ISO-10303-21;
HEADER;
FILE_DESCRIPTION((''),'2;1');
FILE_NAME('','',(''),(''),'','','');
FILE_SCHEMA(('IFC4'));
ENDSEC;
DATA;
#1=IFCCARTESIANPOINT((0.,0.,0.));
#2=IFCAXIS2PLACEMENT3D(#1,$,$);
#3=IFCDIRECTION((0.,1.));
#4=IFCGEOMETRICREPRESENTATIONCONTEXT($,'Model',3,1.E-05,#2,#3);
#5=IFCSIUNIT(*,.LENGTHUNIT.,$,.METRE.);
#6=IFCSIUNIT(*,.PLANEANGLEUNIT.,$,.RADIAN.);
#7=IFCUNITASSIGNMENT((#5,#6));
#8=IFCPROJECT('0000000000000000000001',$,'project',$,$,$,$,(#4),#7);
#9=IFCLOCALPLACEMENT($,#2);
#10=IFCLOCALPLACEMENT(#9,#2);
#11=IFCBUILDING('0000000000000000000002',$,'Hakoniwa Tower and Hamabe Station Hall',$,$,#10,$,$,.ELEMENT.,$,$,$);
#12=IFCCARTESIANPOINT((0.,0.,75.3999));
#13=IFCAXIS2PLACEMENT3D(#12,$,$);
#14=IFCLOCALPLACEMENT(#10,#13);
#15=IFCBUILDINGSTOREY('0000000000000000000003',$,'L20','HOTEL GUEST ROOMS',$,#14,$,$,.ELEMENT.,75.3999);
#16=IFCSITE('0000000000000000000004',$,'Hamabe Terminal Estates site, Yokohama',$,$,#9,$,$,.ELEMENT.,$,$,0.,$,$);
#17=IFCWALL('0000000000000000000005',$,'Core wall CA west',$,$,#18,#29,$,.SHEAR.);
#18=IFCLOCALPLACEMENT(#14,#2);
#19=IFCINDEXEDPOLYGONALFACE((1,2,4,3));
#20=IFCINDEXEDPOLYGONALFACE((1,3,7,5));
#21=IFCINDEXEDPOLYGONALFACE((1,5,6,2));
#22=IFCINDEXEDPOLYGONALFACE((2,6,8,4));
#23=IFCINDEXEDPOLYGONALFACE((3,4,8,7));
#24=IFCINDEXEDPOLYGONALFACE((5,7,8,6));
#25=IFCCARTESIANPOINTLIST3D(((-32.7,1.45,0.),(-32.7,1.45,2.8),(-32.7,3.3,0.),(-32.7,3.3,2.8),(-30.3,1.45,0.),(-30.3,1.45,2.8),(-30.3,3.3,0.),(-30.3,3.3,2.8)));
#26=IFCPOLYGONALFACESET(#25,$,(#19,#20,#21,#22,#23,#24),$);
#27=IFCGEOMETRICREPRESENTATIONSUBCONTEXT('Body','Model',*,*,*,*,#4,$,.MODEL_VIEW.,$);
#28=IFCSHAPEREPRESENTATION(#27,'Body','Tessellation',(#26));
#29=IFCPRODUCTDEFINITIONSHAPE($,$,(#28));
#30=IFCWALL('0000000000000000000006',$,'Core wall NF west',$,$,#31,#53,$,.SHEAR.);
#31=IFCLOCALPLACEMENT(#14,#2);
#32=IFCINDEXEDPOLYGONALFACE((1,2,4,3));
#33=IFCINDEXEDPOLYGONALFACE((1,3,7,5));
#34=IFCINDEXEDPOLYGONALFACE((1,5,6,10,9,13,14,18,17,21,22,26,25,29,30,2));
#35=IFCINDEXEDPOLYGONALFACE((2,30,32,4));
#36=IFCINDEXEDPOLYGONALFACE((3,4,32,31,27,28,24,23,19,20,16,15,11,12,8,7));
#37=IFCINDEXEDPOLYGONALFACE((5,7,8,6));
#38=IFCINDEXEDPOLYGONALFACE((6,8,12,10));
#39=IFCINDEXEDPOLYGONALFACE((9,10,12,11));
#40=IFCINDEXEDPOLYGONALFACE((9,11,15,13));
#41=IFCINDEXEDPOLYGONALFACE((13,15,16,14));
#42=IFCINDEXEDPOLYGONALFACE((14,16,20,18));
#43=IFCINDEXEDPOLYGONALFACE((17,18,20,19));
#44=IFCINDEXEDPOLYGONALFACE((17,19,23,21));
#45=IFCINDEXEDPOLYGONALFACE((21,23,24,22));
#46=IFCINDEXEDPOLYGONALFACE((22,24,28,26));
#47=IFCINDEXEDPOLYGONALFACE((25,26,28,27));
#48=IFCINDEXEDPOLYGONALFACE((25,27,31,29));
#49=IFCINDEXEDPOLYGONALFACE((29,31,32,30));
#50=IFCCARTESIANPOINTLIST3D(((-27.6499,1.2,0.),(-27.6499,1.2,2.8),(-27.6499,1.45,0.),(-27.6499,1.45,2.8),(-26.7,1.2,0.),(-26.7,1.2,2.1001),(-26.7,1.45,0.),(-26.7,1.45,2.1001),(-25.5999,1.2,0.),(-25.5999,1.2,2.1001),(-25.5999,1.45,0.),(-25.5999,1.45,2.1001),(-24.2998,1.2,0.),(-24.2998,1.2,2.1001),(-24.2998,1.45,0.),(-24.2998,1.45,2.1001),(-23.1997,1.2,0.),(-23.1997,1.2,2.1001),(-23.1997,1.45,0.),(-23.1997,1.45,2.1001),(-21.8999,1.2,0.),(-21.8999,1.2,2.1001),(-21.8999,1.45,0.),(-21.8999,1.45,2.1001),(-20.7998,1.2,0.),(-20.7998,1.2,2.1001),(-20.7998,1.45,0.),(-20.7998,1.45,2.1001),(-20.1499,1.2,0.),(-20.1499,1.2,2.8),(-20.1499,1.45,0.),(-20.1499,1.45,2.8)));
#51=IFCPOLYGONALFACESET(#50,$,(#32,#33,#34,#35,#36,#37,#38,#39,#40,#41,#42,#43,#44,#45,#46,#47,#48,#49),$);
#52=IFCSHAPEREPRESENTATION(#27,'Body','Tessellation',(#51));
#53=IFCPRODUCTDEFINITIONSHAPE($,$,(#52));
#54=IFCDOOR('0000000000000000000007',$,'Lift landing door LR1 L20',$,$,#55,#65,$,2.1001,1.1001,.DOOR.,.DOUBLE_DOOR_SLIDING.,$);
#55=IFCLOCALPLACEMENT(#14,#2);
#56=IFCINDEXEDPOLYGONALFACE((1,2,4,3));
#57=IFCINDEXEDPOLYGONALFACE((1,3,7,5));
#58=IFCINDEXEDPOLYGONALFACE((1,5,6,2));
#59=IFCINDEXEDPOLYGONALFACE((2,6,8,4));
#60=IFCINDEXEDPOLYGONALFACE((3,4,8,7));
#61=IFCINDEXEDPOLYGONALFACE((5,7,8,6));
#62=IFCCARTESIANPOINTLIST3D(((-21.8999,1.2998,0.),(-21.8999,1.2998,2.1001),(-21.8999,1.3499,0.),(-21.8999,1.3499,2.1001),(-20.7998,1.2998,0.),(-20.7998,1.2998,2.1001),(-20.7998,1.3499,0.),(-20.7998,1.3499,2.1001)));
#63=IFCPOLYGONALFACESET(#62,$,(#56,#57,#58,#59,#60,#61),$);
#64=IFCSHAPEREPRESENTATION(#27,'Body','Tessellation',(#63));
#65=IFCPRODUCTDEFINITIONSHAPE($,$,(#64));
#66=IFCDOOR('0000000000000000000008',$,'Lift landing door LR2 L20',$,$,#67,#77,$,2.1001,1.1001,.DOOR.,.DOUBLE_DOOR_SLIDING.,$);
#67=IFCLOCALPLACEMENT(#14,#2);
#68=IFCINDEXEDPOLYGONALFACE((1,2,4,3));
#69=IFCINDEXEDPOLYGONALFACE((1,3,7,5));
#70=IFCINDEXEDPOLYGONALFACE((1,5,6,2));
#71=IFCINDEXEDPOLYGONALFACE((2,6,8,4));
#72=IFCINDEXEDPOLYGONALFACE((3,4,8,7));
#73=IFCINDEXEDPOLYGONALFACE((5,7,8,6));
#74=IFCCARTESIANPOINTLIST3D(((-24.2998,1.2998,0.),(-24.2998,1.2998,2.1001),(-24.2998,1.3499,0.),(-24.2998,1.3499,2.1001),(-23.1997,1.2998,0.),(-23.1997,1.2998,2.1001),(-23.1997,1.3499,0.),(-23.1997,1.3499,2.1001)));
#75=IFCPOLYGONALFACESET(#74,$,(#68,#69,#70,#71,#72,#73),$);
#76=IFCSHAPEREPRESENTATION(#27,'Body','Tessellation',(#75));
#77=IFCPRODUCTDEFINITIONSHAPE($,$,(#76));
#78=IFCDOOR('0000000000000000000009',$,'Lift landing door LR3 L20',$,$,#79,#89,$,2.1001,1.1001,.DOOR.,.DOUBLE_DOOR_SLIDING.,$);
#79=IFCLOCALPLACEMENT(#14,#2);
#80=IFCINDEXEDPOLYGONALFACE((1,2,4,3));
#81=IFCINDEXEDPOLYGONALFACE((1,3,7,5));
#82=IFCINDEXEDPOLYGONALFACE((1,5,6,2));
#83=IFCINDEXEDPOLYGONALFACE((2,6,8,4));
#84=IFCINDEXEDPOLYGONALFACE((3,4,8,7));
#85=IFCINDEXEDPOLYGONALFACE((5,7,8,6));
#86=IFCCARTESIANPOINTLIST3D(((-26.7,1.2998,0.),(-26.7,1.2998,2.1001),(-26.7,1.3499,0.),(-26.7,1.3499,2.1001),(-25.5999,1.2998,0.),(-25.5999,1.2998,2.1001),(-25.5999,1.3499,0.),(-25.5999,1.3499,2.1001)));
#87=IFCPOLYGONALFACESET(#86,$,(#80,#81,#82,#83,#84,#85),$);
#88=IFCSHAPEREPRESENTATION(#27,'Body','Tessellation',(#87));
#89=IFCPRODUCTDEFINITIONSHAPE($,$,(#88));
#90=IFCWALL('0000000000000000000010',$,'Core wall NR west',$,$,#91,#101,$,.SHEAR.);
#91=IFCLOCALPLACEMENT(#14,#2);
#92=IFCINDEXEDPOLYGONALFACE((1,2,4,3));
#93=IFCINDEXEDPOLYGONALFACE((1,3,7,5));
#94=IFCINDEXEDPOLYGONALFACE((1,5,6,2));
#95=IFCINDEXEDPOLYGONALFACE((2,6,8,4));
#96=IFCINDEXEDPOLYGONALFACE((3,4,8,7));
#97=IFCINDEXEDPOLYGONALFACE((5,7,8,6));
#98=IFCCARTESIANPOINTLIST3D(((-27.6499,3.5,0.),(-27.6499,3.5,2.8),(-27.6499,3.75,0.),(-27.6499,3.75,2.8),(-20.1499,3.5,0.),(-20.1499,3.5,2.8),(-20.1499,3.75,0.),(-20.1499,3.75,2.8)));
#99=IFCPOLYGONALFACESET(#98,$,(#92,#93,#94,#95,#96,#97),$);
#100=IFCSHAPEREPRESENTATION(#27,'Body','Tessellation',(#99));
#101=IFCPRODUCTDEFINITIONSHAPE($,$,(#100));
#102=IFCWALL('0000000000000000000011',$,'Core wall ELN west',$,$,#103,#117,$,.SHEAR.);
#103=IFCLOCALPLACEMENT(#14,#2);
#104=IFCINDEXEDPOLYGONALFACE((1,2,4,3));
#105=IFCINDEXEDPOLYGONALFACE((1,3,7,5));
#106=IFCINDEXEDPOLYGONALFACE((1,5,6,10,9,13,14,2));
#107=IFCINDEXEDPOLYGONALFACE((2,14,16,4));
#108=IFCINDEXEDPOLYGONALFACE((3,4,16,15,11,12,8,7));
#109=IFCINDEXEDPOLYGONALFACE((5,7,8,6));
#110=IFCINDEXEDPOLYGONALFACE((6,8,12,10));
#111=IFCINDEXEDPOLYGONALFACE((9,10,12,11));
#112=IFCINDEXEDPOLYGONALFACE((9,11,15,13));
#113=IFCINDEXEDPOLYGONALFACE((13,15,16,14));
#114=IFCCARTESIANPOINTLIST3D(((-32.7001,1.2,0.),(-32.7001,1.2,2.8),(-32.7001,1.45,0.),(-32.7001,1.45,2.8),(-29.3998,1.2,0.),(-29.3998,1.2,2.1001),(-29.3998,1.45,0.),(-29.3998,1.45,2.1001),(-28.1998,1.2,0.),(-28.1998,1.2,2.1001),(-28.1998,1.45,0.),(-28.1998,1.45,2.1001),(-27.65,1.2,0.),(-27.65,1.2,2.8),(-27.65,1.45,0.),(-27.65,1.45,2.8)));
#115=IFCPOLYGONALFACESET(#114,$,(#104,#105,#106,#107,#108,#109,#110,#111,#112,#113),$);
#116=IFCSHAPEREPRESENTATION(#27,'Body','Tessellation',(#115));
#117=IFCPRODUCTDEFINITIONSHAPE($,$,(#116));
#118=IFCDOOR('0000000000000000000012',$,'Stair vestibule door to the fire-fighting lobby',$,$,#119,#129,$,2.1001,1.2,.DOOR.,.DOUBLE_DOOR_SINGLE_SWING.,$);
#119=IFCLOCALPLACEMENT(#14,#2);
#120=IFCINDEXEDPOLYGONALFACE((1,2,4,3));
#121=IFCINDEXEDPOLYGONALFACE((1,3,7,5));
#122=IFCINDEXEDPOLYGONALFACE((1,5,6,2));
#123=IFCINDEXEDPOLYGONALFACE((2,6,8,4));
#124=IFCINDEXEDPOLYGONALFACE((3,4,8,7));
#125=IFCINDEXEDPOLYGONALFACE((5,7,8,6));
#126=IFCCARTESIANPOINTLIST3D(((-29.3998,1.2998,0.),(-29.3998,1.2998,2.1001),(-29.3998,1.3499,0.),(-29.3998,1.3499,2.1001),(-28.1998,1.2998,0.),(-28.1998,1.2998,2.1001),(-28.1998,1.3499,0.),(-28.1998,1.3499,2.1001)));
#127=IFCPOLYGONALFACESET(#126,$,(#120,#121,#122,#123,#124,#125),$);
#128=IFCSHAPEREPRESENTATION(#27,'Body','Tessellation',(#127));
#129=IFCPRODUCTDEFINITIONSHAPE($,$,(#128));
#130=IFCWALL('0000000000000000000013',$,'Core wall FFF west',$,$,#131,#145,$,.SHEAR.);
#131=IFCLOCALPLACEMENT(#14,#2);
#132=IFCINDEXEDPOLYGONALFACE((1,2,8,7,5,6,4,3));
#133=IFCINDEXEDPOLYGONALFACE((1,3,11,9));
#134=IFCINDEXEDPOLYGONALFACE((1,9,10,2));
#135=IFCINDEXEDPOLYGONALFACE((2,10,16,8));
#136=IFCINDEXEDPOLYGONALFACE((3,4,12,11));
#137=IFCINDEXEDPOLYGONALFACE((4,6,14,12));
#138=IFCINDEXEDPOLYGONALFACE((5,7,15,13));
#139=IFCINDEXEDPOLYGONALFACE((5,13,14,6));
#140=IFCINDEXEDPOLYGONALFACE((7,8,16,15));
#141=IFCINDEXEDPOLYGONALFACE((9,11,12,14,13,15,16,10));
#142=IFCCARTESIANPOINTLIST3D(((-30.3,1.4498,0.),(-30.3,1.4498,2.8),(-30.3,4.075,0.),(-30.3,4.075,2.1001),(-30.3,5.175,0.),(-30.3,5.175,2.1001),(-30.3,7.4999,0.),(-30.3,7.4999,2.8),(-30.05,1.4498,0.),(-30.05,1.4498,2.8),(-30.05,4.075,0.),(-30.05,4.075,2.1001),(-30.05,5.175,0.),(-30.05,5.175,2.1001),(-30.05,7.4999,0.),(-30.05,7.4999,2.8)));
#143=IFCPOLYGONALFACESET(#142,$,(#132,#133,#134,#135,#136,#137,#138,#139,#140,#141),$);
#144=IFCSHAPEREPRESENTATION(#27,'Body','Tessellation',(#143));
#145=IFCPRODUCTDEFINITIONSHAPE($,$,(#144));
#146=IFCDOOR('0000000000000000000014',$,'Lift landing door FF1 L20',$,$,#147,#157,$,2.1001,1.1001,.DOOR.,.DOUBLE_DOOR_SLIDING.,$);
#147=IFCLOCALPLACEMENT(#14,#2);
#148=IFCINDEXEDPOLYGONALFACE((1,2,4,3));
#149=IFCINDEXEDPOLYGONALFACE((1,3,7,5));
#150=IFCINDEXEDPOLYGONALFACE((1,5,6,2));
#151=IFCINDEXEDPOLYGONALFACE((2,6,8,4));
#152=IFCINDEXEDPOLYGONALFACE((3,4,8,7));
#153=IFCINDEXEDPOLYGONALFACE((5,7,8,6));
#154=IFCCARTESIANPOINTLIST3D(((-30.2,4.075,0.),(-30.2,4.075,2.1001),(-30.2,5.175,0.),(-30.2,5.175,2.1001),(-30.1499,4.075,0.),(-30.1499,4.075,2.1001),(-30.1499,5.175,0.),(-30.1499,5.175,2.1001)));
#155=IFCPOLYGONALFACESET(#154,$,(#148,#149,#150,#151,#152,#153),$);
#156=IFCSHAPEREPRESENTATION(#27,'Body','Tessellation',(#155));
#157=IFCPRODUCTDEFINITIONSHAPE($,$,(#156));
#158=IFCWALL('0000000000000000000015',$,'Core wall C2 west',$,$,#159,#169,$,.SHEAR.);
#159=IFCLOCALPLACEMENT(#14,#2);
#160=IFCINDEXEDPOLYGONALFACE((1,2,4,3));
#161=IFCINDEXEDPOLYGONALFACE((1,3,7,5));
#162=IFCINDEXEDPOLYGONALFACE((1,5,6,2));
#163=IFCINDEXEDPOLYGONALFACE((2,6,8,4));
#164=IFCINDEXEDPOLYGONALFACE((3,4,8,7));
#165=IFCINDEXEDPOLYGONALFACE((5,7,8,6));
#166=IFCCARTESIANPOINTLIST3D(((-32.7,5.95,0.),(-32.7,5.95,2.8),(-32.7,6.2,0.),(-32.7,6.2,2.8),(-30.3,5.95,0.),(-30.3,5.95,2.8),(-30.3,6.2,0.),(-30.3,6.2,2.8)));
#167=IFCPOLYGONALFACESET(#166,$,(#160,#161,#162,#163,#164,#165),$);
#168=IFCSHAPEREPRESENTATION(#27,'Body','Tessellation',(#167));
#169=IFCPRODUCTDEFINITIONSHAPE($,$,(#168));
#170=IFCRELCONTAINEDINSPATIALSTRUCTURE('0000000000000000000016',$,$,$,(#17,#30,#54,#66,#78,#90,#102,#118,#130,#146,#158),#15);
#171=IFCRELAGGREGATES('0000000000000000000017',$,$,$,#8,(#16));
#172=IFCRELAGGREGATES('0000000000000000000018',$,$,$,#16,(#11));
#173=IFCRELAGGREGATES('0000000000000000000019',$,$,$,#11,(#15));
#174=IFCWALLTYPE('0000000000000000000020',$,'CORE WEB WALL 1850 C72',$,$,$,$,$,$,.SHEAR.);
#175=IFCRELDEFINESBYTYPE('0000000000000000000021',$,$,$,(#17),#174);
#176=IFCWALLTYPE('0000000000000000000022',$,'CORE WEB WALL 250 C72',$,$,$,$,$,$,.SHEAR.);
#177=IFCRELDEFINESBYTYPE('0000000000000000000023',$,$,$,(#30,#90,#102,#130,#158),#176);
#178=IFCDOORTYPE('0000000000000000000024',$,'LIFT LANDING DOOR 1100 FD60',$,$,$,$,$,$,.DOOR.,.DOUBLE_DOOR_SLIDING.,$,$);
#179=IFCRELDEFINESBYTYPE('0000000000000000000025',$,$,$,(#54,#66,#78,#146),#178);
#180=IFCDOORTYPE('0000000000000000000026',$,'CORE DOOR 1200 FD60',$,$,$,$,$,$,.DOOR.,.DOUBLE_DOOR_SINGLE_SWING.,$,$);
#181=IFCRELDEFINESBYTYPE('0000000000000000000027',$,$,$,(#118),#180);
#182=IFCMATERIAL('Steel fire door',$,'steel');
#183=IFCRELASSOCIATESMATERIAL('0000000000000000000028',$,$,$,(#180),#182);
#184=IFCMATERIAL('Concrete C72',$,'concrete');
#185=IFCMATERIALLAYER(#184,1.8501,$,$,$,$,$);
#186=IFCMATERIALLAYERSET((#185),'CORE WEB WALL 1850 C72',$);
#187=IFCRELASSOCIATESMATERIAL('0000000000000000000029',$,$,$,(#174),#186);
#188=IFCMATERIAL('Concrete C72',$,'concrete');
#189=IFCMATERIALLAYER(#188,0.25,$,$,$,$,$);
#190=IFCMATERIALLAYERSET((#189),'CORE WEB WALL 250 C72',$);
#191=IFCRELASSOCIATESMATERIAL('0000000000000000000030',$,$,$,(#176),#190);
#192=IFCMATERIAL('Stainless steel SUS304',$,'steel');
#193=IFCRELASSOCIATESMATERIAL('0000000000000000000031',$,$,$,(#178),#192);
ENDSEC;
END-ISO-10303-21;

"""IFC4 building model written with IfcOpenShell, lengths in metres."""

from ifc_helpers import new_model, si_unit, direction, frame, frame_2d, origin, place, context, subcontext, project, spatial, rectangle, extrude, material, layer, layer_set, type_object, element, fill, save


model = new_model("IFC4")

# Units and contexts
model_context = context("Model", 3, precision=1e-05, world=origin(), true_north=direction((0.0, 1.0)))
body_context = subcontext(model_context, "Body", "Model", "MODEL_VIEW")
ifc_project = project(units=[si_unit("LENGTHUNIT", "METRE"), si_unit("PLANEANGLEUNIT", "RADIAN")], contexts=[model_context])

# Site, building, storey
site_placement = place(None, origin())
site = spatial("IfcSite", under=ifc_project, at=site_placement, Name="Hamabe Terminal Estates site, Yokohama", CompositionType="ELEMENT", RefElevation=0.0)
building_placement = place(site_placement, origin())
building = spatial("IfcBuilding", under=site, at=building_placement, Name="Hakoniwa Tower and Hamabe Station Hall", CompositionType="ELEMENT")
storey_placement = place(building_placement, frame((0.0, 0.0, 75.3999)))
storey = spatial("IfcBuildingStorey", under=building, at=storey_placement, Name="L20", Description="HOTEL GUEST ROOMS", CompositionType="ELEMENT", Elevation=75.3999)

# Shared definitions
ifc_material_1 = material(Name="Steel fire door", Category="steel")
door_type_1 = type_object("IfcDoorType", Name="CORE DOOR 1200 FD60", OperationType="DOUBLE_DOOR_SINGLE_SWING", PredefinedType="DOOR", material=ifc_material_1)

# Wall
ifc_material_2 = material(Name="Concrete C72", Category="concrete")
ifc_layer_1 = layer(ifc_material_2, 1.8501)
ifc_layer_set_1 = layer_set([ifc_layer_1], Name="CORE WEB WALL 1850 C72")
wall_type_1 = type_object("IfcWallType", Name="CORE WEB WALL 1850 C72", PredefinedType="SHEAR", material=ifc_layer_set_1)
wall_1_placement = place(storey_placement, frame((-32.7, 2.375, 0.0), z_axis=(0.0, 0.0, 1.0), x_axis=(1.0, 0.0, 0.0)))
element("IfcWall", 1, at=wall_1_placement, inside=storey, type_object=wall_type_1, Name="Core wall CA west", PredefinedType="SHEAR", context=body_context, shape_type="SweptSolid", body=[
    extrude(rectangle(XDim=2.3999, YDim=1.8501, at=frame_2d((1.2, 0.0))), origin(), (0.0, 0.0, 1.0), 2.8),
])

# Wall, openings, doors
ifc_material_3 = material(Name="Concrete C72", Category="concrete")
ifc_layer_2 = layer(ifc_material_3, 0.25)
ifc_layer_set_2 = layer_set([ifc_layer_2], Name="CORE WEB WALL 250 C72")
wall_type_2 = type_object("IfcWallType", Name="CORE WEB WALL 250 C72", PredefinedType="SHEAR", material=ifc_layer_set_2)
wall_2_placement = place(storey_placement, frame((-27.6499, 1.325, 0.0), z_axis=(0.0, 0.0, 1.0), x_axis=(1.0, 0.0, 0.0)))
wall_2 = element("IfcWall", 2, at=wall_2_placement, inside=storey, type_object=wall_type_2, Name="Core wall NF west", PredefinedType="SHEAR", context=body_context, shape_type="SweptSolid", body=[
    extrude(rectangle(XDim=7.5, YDim=0.25, at=frame_2d((3.75, 0.0))), origin(), (0.0, 0.0, 1.0), 2.8),
])
opening_1_placement = place(wall_2_placement, frame((5.75, 0.0, 0.0)))
opening_1 = element("IfcOpeningElement", 3, at=opening_1_placement, cuts=wall_2, PredefinedType="OPENING", context=body_context, shape_type="SweptSolid", body=[
    extrude(rectangle(XDim=1.1001, YDim=2.1001, at=frame_2d((0.55, 1.05))), frame((0.0, 0.135, 0.0), z_axis=(0.0, -1.0, 0.0), x_axis=(1.0, 0.0, 0.0)), (0.0, 0.0, 1.0), 0.27),
])
opening_2_placement = place(wall_2_placement, frame((3.3501, 0.0, 0.0)))
opening_2 = element("IfcOpeningElement", 4, at=opening_2_placement, cuts=wall_2, PredefinedType="OPENING", context=body_context, shape_type="SweptSolid", body=[
    extrude(rectangle(XDim=1.1001, YDim=2.1001, at=frame_2d((0.55, 1.05))), frame((0.0, 0.135, 0.0), z_axis=(0.0, -1.0, 0.0), x_axis=(1.0, 0.0, 0.0)), (0.0, 0.0, 1.0), 0.27),
])
opening_3_placement = place(wall_2_placement, frame((0.95, 0.0, 0.0)))
opening_3 = element("IfcOpeningElement", 5, at=opening_3_placement, cuts=wall_2, PredefinedType="OPENING", context=body_context, shape_type="SweptSolid", body=[
    extrude(rectangle(XDim=1.1001, YDim=2.1001, at=frame_2d((0.55, 1.05))), frame((0.0, 0.135, 0.0), z_axis=(0.0, -1.0, 0.0), x_axis=(1.0, 0.0, 0.0)), (0.0, 0.0, 1.0), 0.27),
])
ifc_material_4 = material(Name="Stainless steel SUS304", Category="steel")
door_type_2 = type_object("IfcDoorType", Name="LIFT LANDING DOOR 1100 FD60", OperationType="DOUBLE_DOOR_SLIDING", PredefinedType="DOOR", material=ifc_material_4)
door_1_placement = place(opening_1_placement, origin())
door_1 = element("IfcDoor", 6, at=door_1_placement, inside=storey, type_object=door_type_2, Name="Lift landing door LR1 L20", OperationType="DOUBLE_DOOR_SLIDING", OverallHeight=2.1001, OverallWidth=1.1001, PredefinedType="DOOR", context=body_context, shape_type="SweptSolid", body=[
    extrude(rectangle(XDim=1.1001, YDim=2.1001, at=frame_2d((0.55, 1.05))), frame((0.0, 0.0249, 0.0), z_axis=(0.0, -1.0, 0.0), x_axis=(1.0, 0.0, 0.0)), (0.0, 0.0, 1.0), 0.05),
])
fill(opening_1, door_1)
door_2_placement = place(opening_2_placement, origin())
door_2 = element("IfcDoor", 7, at=door_2_placement, inside=storey, type_object=door_type_2, Name="Lift landing door LR2 L20", OperationType="DOUBLE_DOOR_SLIDING", OverallHeight=2.1001, OverallWidth=1.1001, PredefinedType="DOOR", context=body_context, shape_type="SweptSolid", body=[
    extrude(rectangle(XDim=1.1001, YDim=2.1001, at=frame_2d((0.55, 1.05))), frame((0.0, 0.0249, 0.0), z_axis=(0.0, -1.0, 0.0), x_axis=(1.0, 0.0, 0.0)), (0.0, 0.0, 1.0), 0.05),
])
fill(opening_2, door_2)
door_3_placement = place(opening_3_placement, origin())
door_3 = element("IfcDoor", 8, at=door_3_placement, inside=storey, type_object=door_type_2, Name="Lift landing door LR3 L20", OperationType="DOUBLE_DOOR_SLIDING", OverallHeight=2.1001, OverallWidth=1.1001, PredefinedType="DOOR", context=body_context, shape_type="SweptSolid", body=[
    extrude(rectangle(XDim=1.1001, YDim=2.1001, at=frame_2d((0.55, 1.05))), frame((0.0, 0.0249, 0.0), z_axis=(0.0, -1.0, 0.0), x_axis=(1.0, 0.0, 0.0)), (0.0, 0.0, 1.0), 0.05),
])
fill(opening_3, door_3)

# Wall
wall_3_placement = place(storey_placement, frame((-27.6499, 3.625, 0.0), z_axis=(0.0, 0.0, 1.0), x_axis=(1.0, 0.0, 0.0)))
element("IfcWall", 9, at=wall_3_placement, inside=storey, type_object=wall_type_2, Name="Core wall NR west", PredefinedType="SHEAR", context=body_context, shape_type="SweptSolid", body=[
    extrude(rectangle(XDim=7.5, YDim=0.25, at=frame_2d((3.75, 0.0))), origin(), (0.0, 0.0, 1.0), 2.8),
])

# Walls, openings, doors
wall_4_placement = place(storey_placement, frame((-32.7, 1.325, 0.0), z_axis=(0.0, 0.0, 1.0), x_axis=(1.0, 0.0, 0.0)))
wall_4 = element("IfcWall", 10, at=wall_4_placement, inside=storey, type_object=wall_type_2, Name="Core wall ELN west", PredefinedType="SHEAR", context=body_context, shape_type="SweptSolid", body=[
    extrude(rectangle(XDim=5.05, YDim=0.25, at=frame_2d((2.5249, 0.0))), origin(), (0.0, 0.0, 1.0), 2.8),
])
opening_4_placement = place(wall_4_placement, frame((3.3, 0.0, 0.0)))
opening_4 = element("IfcOpeningElement", 11, at=opening_4_placement, cuts=wall_4, PredefinedType="OPENING", context=body_context, shape_type="SweptSolid", body=[
    extrude(rectangle(XDim=1.2, YDim=2.1001, at=frame_2d((0.6001, 1.05))), frame((0.0, 0.135, 0.0), z_axis=(0.0, -1.0, 0.0), x_axis=(1.0, 0.0, 0.0)), (0.0, 0.0, 1.0), 0.27),
])
door_4_placement = place(opening_4_placement, origin())
door_4 = element("IfcDoor", 12, at=door_4_placement, inside=storey, type_object=door_type_1, Name="Stair vestibule door to the fire-fighting lobby", OperationType="DOUBLE_DOOR_SINGLE_SWING", OverallHeight=2.1001, OverallWidth=1.2, PredefinedType="DOOR", context=body_context, shape_type="SweptSolid", body=[
    extrude(rectangle(XDim=1.2, YDim=2.1001, at=frame_2d((0.6001, 1.05))), frame((0.0, 0.0249, 0.0), z_axis=(0.0, -1.0, 0.0), x_axis=(1.0, 0.0, 0.0)), (0.0, 0.0, 1.0), 0.05),
])
fill(opening_4, door_4)
wall_5_placement = place(storey_placement, frame((-30.175, 1.45, 0.0), z_axis=(0.0, 0.0, 1.0), x_axis=(0.0, 1.0, 0.0)))
wall_5 = element("IfcWall", 13, at=wall_5_placement, inside=storey, type_object=wall_type_2, Name="Core wall FFF west", PredefinedType="SHEAR", context=body_context, shape_type="SweptSolid", body=[
    extrude(rectangle(XDim=6.05, YDim=0.25, at=frame_2d((3.0249, 0.0))), origin(), (0.0, 0.0, 1.0), 2.8),
])
opening_5_placement = place(wall_5_placement, frame((2.625, 0.0, 0.0)))
opening_5 = element("IfcOpeningElement", 14, at=opening_5_placement, cuts=wall_5, PredefinedType="OPENING", context=body_context, shape_type="SweptSolid", body=[
    extrude(rectangle(XDim=1.1001, YDim=2.1001, at=frame_2d((0.55, 1.05))), frame((0.0, 0.135, 0.0), z_axis=(0.0, -1.0, 0.0), x_axis=(1.0, 0.0, 0.0)), (0.0, 0.0, 1.0), 0.27),
])
door_5_placement = place(opening_5_placement, origin())
door_5 = element("IfcDoor", 15, at=door_5_placement, inside=storey, type_object=door_type_2, Name="Lift landing door FF1 L20", OperationType="DOUBLE_DOOR_SLIDING", OverallHeight=2.1001, OverallWidth=1.1001, PredefinedType="DOOR", context=body_context, shape_type="SweptSolid", body=[
    extrude(rectangle(XDim=1.1001, YDim=2.1001, at=frame_2d((0.55, 1.05))), frame((0.0, 0.0249, 0.0), z_axis=(0.0, -1.0, 0.0), x_axis=(1.0, 0.0, 0.0)), (0.0, 0.0, 1.0), 0.05),
])
fill(opening_5, door_5)

# Wall
wall_6_placement = place(storey_placement, frame((-32.7, 6.075, 0.0), z_axis=(0.0, 0.0, 1.0), x_axis=(1.0, 0.0, 0.0)))
element("IfcWall", 16, at=wall_6_placement, inside=storey, type_object=wall_type_2, Name="Core wall C2 west", PredefinedType="SHEAR", context=body_context, shape_type="SweptSolid", body=[
    extrude(rectangle(XDim=2.3999, YDim=0.25, at=frame_2d((1.2, 0.0))), origin(), (0.0, 0.0, 1.0), 2.8),
])

save(model, "model.ifc")
